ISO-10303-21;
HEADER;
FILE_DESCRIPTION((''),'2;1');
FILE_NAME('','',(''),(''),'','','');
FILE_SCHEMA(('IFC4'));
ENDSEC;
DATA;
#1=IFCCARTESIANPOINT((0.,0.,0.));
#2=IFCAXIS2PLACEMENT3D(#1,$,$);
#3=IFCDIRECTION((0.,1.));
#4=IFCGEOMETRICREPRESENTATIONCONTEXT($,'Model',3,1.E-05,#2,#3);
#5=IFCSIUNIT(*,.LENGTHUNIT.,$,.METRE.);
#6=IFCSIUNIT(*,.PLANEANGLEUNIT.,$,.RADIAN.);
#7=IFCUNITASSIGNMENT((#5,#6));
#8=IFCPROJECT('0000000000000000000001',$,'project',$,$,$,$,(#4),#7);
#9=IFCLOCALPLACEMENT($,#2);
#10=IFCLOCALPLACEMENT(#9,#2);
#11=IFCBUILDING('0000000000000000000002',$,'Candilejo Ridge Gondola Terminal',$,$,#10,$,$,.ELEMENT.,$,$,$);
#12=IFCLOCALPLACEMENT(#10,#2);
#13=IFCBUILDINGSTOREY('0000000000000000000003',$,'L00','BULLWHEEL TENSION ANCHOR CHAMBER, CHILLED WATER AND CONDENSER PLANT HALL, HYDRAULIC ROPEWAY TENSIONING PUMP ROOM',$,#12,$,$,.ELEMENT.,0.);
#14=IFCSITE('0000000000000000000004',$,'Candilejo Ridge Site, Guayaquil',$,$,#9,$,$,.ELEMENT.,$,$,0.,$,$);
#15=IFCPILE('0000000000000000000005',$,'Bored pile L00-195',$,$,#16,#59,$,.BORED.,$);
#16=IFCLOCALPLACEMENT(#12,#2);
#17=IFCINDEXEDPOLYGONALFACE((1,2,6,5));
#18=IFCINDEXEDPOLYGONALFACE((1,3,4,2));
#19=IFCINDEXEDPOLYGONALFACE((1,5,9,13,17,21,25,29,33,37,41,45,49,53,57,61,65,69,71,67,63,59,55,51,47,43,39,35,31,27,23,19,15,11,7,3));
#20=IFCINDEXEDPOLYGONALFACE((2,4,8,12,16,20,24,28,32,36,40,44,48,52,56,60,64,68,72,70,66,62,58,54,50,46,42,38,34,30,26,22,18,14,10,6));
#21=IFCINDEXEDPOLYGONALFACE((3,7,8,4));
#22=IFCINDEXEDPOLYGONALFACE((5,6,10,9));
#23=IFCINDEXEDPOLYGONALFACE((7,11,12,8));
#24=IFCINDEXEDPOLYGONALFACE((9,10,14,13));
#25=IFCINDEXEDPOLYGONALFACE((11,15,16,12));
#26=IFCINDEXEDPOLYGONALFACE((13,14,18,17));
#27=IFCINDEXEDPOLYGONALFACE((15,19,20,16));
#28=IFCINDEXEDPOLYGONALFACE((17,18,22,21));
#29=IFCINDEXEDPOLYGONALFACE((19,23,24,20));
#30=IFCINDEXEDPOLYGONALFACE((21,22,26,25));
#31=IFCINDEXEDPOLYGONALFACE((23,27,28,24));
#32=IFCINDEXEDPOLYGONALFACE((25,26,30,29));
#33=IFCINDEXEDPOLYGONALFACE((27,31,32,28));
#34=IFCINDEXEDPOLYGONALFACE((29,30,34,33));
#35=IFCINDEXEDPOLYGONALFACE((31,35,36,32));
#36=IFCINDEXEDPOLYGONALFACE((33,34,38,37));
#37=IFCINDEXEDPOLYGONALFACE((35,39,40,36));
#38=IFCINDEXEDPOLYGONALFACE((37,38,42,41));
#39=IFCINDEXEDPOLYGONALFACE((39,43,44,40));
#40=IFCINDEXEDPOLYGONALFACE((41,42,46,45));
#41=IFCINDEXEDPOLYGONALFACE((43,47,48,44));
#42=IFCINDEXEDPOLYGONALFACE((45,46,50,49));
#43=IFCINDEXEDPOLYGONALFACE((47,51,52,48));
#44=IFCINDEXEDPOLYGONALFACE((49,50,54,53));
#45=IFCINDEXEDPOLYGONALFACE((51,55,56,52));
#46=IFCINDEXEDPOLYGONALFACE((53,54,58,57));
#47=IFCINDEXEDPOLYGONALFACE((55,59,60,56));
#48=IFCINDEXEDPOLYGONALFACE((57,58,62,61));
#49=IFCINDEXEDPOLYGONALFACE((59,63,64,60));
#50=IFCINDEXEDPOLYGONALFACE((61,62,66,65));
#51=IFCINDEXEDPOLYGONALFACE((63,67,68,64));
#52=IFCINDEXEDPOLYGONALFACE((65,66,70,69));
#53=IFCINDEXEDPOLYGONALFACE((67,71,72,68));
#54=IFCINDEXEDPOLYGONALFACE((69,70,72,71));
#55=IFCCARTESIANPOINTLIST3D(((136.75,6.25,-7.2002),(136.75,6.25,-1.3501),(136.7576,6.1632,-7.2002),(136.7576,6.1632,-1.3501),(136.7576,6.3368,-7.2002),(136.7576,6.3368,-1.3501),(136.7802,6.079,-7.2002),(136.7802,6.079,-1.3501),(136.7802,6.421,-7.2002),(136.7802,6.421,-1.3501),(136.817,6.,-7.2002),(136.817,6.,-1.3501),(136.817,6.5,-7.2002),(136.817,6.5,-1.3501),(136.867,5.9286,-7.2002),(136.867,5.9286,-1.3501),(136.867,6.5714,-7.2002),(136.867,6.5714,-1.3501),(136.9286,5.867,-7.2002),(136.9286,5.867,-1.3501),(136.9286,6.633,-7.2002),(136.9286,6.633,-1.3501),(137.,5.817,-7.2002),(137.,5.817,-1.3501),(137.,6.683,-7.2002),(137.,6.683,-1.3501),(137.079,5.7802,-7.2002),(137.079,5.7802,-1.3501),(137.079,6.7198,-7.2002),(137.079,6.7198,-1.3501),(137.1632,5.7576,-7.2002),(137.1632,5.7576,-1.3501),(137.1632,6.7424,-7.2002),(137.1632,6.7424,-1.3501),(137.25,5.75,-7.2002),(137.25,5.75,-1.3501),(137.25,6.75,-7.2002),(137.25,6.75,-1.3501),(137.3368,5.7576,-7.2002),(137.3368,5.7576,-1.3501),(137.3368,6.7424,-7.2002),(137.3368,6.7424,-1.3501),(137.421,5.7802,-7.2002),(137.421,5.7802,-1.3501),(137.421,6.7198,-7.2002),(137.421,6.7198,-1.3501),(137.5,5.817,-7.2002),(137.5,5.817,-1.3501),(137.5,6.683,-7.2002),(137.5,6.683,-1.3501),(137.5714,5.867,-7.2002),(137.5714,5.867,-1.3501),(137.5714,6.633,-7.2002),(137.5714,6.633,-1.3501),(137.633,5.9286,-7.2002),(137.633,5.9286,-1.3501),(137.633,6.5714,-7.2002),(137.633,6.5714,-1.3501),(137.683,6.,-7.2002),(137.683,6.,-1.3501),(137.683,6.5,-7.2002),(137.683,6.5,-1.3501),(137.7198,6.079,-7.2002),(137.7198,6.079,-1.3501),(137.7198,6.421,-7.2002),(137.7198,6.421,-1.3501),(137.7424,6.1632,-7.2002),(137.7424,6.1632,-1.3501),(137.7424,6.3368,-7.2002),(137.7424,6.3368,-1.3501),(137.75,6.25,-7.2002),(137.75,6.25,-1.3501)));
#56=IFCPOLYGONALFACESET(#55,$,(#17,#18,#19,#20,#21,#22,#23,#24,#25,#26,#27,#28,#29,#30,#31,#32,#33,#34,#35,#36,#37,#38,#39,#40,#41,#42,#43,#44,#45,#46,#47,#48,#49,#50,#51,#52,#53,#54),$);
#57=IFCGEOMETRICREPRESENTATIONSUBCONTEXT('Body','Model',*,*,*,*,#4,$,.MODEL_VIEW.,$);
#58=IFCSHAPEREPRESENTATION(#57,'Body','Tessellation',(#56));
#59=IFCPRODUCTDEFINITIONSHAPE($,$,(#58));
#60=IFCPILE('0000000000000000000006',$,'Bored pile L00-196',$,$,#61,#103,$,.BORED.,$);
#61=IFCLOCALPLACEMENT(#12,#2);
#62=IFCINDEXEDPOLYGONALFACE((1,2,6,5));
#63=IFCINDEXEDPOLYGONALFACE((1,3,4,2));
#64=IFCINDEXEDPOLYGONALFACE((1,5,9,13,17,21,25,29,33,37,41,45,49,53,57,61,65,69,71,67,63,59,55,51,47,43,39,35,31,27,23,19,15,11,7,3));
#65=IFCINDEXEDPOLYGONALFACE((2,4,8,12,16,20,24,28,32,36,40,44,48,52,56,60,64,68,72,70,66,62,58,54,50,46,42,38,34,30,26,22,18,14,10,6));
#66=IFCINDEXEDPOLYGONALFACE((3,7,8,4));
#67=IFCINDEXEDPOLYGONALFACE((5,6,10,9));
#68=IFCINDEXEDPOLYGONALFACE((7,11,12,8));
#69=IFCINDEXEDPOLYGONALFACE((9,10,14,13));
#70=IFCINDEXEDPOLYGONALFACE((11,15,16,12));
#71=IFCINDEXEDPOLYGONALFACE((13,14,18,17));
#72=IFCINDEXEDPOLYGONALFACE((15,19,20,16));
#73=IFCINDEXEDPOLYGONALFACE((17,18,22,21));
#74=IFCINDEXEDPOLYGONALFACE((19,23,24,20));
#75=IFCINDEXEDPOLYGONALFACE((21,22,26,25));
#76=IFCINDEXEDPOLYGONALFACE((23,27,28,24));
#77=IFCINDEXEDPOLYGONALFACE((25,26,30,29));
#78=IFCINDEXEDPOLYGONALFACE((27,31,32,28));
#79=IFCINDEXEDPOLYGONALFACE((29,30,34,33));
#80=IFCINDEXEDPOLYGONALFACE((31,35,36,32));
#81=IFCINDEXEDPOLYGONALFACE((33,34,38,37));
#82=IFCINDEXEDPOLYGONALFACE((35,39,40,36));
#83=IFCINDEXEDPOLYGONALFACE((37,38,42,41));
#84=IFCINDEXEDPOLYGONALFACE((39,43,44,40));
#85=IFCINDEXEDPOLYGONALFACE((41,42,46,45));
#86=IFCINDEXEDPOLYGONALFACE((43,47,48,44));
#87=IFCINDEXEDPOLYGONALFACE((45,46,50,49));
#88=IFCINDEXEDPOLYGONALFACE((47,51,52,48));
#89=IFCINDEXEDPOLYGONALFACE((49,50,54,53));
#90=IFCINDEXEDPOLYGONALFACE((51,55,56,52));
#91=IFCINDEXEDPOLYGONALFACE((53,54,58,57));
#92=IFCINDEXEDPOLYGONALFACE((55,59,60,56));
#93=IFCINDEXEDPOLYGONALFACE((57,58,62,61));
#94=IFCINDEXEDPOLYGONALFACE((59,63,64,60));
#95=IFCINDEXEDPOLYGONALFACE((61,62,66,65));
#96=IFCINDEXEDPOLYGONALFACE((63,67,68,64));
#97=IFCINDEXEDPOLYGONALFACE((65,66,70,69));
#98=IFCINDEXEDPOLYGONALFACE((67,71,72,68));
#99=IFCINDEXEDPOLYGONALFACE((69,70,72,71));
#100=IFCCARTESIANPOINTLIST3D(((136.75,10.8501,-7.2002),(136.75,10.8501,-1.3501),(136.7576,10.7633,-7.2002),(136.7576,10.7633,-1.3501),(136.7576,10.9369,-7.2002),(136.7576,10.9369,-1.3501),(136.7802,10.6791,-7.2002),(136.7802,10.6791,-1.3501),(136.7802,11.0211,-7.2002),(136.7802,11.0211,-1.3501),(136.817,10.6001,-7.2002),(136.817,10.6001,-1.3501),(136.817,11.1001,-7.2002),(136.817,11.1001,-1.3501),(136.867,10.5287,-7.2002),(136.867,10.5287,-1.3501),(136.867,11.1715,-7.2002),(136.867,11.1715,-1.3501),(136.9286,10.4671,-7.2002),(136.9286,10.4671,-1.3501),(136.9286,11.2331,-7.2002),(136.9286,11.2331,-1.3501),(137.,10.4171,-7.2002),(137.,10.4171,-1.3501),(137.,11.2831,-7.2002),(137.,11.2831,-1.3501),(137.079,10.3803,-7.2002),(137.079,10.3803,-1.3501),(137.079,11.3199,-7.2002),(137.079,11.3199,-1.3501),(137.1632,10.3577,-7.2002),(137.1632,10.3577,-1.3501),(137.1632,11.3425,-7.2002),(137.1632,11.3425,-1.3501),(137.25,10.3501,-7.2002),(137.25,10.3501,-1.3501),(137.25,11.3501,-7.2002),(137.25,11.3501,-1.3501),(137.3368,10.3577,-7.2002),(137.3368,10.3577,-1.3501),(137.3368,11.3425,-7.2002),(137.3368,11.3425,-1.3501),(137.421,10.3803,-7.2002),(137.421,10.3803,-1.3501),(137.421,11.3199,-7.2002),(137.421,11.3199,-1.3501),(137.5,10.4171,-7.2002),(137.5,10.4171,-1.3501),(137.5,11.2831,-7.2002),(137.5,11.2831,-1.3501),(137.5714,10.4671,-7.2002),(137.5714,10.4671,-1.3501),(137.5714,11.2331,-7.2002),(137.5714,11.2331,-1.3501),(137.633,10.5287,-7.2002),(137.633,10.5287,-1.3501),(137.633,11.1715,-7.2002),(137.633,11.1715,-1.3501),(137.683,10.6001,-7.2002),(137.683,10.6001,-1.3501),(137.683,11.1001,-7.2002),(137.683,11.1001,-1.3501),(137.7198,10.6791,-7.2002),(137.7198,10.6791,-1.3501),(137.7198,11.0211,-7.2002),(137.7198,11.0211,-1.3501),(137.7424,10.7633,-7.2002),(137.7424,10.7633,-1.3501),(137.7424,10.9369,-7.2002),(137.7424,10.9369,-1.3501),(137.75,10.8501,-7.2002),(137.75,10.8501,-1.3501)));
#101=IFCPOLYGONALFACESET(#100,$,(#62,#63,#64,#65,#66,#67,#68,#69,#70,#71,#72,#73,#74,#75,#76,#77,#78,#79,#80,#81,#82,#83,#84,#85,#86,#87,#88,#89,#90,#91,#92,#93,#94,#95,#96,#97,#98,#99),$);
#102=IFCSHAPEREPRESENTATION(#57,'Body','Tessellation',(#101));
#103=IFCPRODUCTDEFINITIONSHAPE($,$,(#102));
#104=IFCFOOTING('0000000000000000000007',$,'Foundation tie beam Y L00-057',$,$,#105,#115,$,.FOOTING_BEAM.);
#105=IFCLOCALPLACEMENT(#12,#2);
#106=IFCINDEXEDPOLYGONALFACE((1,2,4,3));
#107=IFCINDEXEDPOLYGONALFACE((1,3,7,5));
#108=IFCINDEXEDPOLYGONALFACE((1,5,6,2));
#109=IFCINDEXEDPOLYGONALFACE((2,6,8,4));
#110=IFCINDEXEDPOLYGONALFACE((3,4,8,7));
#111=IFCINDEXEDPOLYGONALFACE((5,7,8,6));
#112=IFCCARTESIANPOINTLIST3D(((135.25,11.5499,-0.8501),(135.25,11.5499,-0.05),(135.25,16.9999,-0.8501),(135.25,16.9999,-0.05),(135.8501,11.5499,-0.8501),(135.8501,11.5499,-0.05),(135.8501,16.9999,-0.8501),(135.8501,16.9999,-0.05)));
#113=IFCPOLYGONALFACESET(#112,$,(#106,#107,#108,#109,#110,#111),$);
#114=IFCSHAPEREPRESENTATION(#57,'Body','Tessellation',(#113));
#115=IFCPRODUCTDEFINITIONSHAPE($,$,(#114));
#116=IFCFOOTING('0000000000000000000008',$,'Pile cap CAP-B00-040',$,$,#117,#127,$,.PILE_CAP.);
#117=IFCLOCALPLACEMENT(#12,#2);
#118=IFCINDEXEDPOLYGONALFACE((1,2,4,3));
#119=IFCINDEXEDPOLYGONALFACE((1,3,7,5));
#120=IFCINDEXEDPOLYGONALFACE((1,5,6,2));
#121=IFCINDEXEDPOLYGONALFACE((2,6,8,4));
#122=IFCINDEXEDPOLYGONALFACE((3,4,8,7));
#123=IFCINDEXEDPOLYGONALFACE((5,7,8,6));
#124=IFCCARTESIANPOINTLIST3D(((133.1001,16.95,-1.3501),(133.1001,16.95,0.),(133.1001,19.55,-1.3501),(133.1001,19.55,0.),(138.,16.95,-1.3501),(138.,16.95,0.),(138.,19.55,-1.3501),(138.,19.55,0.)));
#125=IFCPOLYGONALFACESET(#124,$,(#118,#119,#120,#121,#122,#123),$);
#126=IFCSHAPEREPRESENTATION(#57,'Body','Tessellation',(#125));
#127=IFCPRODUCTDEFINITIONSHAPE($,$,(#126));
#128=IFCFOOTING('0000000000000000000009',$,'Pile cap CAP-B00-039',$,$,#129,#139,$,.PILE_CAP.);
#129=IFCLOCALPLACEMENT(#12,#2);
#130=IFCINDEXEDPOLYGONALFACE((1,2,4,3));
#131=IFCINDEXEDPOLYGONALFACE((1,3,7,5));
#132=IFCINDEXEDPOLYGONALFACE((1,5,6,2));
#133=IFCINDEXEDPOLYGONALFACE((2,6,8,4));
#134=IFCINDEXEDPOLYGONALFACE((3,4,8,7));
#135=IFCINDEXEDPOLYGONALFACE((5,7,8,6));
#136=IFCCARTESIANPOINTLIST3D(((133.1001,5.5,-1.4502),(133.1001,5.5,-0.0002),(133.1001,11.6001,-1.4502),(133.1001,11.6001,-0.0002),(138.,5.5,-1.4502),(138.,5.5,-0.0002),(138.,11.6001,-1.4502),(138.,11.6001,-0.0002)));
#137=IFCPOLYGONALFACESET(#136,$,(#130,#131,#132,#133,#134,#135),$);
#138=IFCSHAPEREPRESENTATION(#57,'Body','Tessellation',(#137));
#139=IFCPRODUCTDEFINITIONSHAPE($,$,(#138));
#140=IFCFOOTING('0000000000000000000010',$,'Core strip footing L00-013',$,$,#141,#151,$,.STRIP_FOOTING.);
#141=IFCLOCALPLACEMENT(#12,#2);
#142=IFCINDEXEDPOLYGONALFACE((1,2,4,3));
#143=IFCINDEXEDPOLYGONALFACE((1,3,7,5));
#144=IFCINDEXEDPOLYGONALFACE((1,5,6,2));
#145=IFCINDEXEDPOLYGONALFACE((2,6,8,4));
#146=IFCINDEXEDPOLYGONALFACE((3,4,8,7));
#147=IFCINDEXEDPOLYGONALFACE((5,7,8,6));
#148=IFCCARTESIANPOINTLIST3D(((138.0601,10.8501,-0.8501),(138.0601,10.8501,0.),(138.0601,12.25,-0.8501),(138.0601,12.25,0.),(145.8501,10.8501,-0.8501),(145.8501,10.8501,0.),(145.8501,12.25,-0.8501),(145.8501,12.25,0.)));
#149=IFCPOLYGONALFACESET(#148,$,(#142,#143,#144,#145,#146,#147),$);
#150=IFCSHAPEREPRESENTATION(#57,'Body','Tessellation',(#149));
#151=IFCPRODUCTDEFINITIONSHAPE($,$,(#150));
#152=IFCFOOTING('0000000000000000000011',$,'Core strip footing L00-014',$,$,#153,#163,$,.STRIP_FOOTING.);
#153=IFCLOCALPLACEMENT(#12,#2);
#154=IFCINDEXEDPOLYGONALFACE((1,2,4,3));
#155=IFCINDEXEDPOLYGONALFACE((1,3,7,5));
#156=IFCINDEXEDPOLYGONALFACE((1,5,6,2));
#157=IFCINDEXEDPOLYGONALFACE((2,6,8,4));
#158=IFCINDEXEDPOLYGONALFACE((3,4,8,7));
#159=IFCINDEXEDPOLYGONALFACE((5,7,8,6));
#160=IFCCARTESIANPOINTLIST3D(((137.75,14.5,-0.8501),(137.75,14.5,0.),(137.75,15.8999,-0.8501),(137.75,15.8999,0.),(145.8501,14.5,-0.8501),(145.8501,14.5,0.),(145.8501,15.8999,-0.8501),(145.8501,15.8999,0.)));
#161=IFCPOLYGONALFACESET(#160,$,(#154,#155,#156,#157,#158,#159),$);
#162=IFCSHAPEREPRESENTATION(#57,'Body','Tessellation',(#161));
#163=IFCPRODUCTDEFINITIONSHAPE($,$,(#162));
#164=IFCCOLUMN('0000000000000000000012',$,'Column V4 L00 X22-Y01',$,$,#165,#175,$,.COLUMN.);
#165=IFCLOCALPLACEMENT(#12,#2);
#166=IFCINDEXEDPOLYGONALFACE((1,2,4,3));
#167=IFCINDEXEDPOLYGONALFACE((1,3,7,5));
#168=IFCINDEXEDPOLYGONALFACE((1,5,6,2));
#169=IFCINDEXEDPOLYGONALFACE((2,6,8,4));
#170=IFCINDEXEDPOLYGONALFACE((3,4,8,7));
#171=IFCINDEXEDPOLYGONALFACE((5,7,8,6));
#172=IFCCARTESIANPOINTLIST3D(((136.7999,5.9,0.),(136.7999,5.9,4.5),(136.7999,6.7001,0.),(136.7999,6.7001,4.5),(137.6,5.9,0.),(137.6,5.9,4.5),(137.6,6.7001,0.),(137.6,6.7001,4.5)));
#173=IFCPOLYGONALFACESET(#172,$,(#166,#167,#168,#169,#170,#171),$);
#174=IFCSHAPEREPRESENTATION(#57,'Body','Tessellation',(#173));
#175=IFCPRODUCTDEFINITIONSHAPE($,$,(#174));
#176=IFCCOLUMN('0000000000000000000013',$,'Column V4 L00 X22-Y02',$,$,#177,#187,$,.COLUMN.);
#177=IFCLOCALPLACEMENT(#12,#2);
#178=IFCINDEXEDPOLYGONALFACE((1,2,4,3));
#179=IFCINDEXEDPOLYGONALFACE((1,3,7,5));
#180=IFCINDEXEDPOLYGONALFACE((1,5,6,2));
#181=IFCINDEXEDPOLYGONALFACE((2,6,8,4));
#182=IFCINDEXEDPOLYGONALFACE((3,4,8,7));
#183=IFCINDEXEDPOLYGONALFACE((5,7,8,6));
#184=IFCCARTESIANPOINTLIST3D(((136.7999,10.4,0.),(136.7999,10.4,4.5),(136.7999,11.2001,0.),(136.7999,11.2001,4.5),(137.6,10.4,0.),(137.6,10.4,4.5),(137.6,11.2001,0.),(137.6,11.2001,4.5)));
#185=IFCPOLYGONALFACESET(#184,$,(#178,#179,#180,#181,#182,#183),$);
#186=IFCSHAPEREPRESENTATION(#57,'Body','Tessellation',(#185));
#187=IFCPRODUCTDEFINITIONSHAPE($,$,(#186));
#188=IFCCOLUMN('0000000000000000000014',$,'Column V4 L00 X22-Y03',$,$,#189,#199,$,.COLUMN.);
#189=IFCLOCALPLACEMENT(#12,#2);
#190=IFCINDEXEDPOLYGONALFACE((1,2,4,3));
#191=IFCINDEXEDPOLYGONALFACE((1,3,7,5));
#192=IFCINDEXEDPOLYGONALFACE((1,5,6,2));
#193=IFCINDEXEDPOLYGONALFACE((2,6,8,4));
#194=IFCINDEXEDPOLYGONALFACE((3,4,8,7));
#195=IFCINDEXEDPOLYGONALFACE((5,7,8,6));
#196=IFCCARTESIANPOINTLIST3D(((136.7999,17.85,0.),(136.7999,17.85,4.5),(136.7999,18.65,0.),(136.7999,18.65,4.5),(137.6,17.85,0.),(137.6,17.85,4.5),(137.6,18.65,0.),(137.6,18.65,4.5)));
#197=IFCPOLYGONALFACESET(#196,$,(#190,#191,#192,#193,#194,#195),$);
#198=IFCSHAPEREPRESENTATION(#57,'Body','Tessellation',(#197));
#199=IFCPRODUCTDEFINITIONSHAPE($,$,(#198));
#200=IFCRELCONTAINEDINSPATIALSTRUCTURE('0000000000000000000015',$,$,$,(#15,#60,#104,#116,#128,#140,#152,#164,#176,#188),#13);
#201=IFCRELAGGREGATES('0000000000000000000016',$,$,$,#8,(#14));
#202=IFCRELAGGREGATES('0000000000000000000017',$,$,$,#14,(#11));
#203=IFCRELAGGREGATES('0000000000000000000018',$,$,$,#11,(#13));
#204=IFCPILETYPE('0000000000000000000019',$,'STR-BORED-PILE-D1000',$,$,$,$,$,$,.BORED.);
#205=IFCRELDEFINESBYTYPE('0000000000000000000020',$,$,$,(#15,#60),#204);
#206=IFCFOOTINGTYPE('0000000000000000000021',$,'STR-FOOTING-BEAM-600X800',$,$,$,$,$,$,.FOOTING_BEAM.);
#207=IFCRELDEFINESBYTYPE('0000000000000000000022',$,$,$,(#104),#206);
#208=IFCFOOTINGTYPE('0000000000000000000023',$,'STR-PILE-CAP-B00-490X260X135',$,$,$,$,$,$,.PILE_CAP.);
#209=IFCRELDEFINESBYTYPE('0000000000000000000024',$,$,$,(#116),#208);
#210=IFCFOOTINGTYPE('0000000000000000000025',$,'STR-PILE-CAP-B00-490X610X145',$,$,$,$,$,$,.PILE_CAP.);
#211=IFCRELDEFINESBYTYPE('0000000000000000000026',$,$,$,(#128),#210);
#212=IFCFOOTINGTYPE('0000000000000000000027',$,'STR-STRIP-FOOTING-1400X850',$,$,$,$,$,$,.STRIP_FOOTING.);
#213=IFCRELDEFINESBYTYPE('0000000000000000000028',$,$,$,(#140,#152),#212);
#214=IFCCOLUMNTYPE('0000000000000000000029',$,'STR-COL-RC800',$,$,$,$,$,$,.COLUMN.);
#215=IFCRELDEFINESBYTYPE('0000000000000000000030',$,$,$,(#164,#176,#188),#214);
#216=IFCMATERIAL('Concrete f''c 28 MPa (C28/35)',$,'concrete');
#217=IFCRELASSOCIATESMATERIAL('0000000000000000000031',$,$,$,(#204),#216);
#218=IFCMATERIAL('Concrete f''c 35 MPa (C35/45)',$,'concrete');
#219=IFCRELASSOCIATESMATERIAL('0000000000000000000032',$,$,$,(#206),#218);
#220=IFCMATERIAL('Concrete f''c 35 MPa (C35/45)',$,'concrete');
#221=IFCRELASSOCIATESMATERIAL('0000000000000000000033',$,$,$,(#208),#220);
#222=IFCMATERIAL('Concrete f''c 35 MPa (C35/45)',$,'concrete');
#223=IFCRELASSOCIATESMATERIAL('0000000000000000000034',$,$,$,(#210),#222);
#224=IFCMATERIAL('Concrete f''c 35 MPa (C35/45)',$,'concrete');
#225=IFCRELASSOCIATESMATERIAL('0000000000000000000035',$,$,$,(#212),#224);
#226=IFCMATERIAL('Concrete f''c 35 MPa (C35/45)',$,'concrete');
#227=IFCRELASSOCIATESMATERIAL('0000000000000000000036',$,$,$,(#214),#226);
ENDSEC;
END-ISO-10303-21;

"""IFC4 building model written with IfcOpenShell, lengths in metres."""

from ifc_helpers import new_model, si_unit, direction, frame, origin, origin_2d, place, context, subcontext, project, spatial, rectangle, circle, extrude, material, material_profile, profile_set, type_object, element, save


model = new_model("IFC4")

# Units and contexts
model_context = context("Model", 3, precision=1e-05, world=origin(), true_north=direction((0.0, 1.0)))
body_context = subcontext(model_context, "Body", "Model", "MODEL_VIEW")
ifc_project = project(units=[si_unit("LENGTHUNIT", "METRE"), si_unit("PLANEANGLEUNIT", "RADIAN")], contexts=[model_context])

# Site, building, storey
site_placement = place(None, origin())
site = spatial("IfcSite", under=ifc_project, at=site_placement, Name="Candilejo Ridge Site, Guayaquil", CompositionType="ELEMENT", RefElevation=0.0)
building_placement = place(site_placement, origin())
building = spatial("IfcBuilding", under=site, at=building_placement, Name="Candilejo Ridge Gondola Terminal", CompositionType="ELEMENT")
storey_placement = place(building_placement, origin())
storey = spatial("IfcBuildingStorey", under=building, at=storey_placement, Name="L00", Description="BULLWHEEL TENSION ANCHOR CHAMBER, CHILLED WATER AND CONDENSER PLANT HALL, HYDRAULIC ROPEWAY TENSIONING PUMP ROOM", CompositionType="ELEMENT", Elevation=0.0)

# Piles
ifc_material_1 = material(Name="Concrete f'c 28 MPa (C28/35)", Category="concrete")
ifc_material_profile_1 = material_profile(ifc_material_1, circle(Radius=0.5, at=origin_2d()))
ifc_profile_set_1 = profile_set([ifc_material_profile_1], Name="Concrete f'c 28 MPa (C28/35)")
pile_type = type_object("IfcPileType", Name="STR-BORED-PILE-D1000", PredefinedType="BORED", material=ifc_profile_set_1)
for number, where, z_axis, x_axis, name in (
    (1, (137.25, 6.25, -1.3501), (0.0, 0.0, -1.0), (1.0, 0.0, 0.0), "Bored pile L00-195"),
    (2, (137.25, 10.8501, -1.3501), (0.0, 0.0, -1.0), (1.0, 0.0, 0.0), "Bored pile L00-196"),
):
    element("IfcPile", number, at=place(storey_placement, frame(where, z_axis=z_axis, x_axis=x_axis)), inside=storey, type_object=pile_type, Name=name, PredefinedType="BORED", context=body_context, shape_type="SweptSolid", body=[
        extrude(circle(Radius=0.5, at=origin_2d()), origin(), (0.0, 0.0, 1.0), 5.8501),
    ])

# Footings
ifc_material_2 = material(Name="Concrete f'c 35 MPa (C35/45)", Category="concrete")
footing_type_1 = type_object("IfcFootingType", Name="STR-FOOTING-BEAM-600X800", PredefinedType="FOOTING_BEAM", material=ifc_material_2)
footing_1_placement = place(storey_placement, frame((135.55, 14.2749, -0.8501), z_axis=(0.0, 0.0, 1.0), x_axis=(1.0, 0.0, 0.0)))
element("IfcFooting", 3, at=footing_1_placement, inside=storey, type_object=footing_type_1, Name="Foundation tie beam Y L00-057", PredefinedType="FOOTING_BEAM", context=body_context, shape_type="SweptSolid", body=[
    extrude(rectangle(XDim=0.6001, YDim=5.45, at=origin_2d()), origin(), (0.0, 0.0, 1.0), 0.8),
])
ifc_material_3 = material(Name="Concrete f'c 35 MPa (C35/45)", Category="concrete")
footing_type_2 = type_object("IfcFootingType", Name="STR-PILE-CAP-B00-490X260X135", PredefinedType="PILE_CAP", material=ifc_material_3)
footing_2_placement = place(storey_placement, frame((135.55, 18.25, -1.3501), z_axis=(0.0, 0.0, 1.0), x_axis=(1.0, 0.0, 0.0)))
element("IfcFooting", 4, at=footing_2_placement, inside=storey, type_object=footing_type_2, Name="Pile cap CAP-B00-040", PredefinedType="PILE_CAP", context=body_context, shape_type="SweptSolid", body=[
    extrude(rectangle(XDim=4.8999, YDim=2.6001, at=origin_2d()), origin(), (0.0, 0.0, 1.0), 1.3501),
])
ifc_material_4 = material(Name="Concrete f'c 35 MPa (C35/45)", Category="concrete")
footing_type_3 = type_object("IfcFootingType", Name="STR-PILE-CAP-B00-490X610X145", PredefinedType="PILE_CAP", material=ifc_material_4)
footing_3_placement = place(storey_placement, frame((135.55, 8.55, -1.4502), z_axis=(0.0, 0.0, 1.0), x_axis=(1.0, 0.0, 0.0)))
element("IfcFooting", 5, at=footing_3_placement, inside=storey, type_object=footing_type_3, Name="Pile cap CAP-B00-039", PredefinedType="PILE_CAP", context=body_context, shape_type="SweptSolid", body=[
    extrude(rectangle(XDim=4.8999, YDim=6.1001, at=origin_2d()), origin(), (0.0, 0.0, 1.0), 1.45),
])
ifc_material_5 = material(Name="Concrete f'c 35 MPa (C35/45)", Category="concrete")
footing_type_4 = type_object("IfcFootingType", Name="STR-STRIP-FOOTING-1400X850", PredefinedType="STRIP_FOOTING", material=ifc_material_5)
footing_4_placement = place(storey_placement, frame((141.9551, 11.55, -0.8501), z_axis=(0.0, 0.0, 1.0), x_axis=(1.0, 0.0, 0.0)))
element("IfcFooting", 6, at=footing_4_placement, inside=storey, type_object=footing_type_4, Name="Core strip footing L00-013", PredefinedType="STRIP_FOOTING", context=body_context, shape_type="SweptSolid", body=[
    extrude(rectangle(XDim=7.79, YDim=1.3999, at=origin_2d()), origin(), (0.0, 0.0, 1.0), 0.8501),
])
footing_5_placement = place(storey_placement, frame((141.8, 15.2, -0.8501), z_axis=(0.0, 0.0, 1.0), x_axis=(1.0, 0.0, 0.0)))
element("IfcFooting", 7, at=footing_5_placement, inside=storey, type_object=footing_type_4, Name="Core strip footing L00-014", PredefinedType="STRIP_FOOTING", context=body_context, shape_type="SweptSolid", body=[
    extrude(rectangle(XDim=8.1001, YDim=1.3999, at=origin_2d()), origin(), (0.0, 0.0, 1.0), 0.8501),
])

# Columns
ifc_material_6 = material(Name="Concrete f'c 35 MPa (C35/45)", Category="concrete")
ifc_material_profile_2 = material_profile(ifc_material_6, rectangle(XDim=0.8, YDim=0.8, at=origin_2d()))
ifc_profile_set_2 = profile_set([ifc_material_profile_2], Name="Concrete f'c 35 MPa (C35/45)")
column_type = type_object("IfcColumnType", Name="STR-COL-RC800", PredefinedType="COLUMN", material=ifc_profile_set_2)
for number, where, z_axis, x_axis, name in (
    (8, (137.2, 6.3, 0.0), (0.0, 0.0, 1.0), (1.0, 0.0, 0.0), "Column V4 L00 X22-Y01"),
    (9, (137.2, 10.8, 0.0), (0.0, 0.0, 1.0), (1.0, 0.0, 0.0), "Column V4 L00 X22-Y02"),
    (10, (137.2, 18.25, 0.0), (0.0, 0.0, 1.0), (1.0, 0.0, 0.0), "Column V4 L00 X22-Y03"),
):
    element("IfcColumn", number, at=place(storey_placement, frame(where, z_axis=z_axis, x_axis=x_axis)), inside=storey, type_object=column_type, Name=name, PredefinedType="COLUMN", context=body_context, shape_type="SweptSolid", body=[
        extrude(rectangle(XDim=0.8, YDim=0.8, at=origin_2d()), origin(), (0.0, 0.0, 1.0), 4.5),
    ])

save(model, "model.ifc")
